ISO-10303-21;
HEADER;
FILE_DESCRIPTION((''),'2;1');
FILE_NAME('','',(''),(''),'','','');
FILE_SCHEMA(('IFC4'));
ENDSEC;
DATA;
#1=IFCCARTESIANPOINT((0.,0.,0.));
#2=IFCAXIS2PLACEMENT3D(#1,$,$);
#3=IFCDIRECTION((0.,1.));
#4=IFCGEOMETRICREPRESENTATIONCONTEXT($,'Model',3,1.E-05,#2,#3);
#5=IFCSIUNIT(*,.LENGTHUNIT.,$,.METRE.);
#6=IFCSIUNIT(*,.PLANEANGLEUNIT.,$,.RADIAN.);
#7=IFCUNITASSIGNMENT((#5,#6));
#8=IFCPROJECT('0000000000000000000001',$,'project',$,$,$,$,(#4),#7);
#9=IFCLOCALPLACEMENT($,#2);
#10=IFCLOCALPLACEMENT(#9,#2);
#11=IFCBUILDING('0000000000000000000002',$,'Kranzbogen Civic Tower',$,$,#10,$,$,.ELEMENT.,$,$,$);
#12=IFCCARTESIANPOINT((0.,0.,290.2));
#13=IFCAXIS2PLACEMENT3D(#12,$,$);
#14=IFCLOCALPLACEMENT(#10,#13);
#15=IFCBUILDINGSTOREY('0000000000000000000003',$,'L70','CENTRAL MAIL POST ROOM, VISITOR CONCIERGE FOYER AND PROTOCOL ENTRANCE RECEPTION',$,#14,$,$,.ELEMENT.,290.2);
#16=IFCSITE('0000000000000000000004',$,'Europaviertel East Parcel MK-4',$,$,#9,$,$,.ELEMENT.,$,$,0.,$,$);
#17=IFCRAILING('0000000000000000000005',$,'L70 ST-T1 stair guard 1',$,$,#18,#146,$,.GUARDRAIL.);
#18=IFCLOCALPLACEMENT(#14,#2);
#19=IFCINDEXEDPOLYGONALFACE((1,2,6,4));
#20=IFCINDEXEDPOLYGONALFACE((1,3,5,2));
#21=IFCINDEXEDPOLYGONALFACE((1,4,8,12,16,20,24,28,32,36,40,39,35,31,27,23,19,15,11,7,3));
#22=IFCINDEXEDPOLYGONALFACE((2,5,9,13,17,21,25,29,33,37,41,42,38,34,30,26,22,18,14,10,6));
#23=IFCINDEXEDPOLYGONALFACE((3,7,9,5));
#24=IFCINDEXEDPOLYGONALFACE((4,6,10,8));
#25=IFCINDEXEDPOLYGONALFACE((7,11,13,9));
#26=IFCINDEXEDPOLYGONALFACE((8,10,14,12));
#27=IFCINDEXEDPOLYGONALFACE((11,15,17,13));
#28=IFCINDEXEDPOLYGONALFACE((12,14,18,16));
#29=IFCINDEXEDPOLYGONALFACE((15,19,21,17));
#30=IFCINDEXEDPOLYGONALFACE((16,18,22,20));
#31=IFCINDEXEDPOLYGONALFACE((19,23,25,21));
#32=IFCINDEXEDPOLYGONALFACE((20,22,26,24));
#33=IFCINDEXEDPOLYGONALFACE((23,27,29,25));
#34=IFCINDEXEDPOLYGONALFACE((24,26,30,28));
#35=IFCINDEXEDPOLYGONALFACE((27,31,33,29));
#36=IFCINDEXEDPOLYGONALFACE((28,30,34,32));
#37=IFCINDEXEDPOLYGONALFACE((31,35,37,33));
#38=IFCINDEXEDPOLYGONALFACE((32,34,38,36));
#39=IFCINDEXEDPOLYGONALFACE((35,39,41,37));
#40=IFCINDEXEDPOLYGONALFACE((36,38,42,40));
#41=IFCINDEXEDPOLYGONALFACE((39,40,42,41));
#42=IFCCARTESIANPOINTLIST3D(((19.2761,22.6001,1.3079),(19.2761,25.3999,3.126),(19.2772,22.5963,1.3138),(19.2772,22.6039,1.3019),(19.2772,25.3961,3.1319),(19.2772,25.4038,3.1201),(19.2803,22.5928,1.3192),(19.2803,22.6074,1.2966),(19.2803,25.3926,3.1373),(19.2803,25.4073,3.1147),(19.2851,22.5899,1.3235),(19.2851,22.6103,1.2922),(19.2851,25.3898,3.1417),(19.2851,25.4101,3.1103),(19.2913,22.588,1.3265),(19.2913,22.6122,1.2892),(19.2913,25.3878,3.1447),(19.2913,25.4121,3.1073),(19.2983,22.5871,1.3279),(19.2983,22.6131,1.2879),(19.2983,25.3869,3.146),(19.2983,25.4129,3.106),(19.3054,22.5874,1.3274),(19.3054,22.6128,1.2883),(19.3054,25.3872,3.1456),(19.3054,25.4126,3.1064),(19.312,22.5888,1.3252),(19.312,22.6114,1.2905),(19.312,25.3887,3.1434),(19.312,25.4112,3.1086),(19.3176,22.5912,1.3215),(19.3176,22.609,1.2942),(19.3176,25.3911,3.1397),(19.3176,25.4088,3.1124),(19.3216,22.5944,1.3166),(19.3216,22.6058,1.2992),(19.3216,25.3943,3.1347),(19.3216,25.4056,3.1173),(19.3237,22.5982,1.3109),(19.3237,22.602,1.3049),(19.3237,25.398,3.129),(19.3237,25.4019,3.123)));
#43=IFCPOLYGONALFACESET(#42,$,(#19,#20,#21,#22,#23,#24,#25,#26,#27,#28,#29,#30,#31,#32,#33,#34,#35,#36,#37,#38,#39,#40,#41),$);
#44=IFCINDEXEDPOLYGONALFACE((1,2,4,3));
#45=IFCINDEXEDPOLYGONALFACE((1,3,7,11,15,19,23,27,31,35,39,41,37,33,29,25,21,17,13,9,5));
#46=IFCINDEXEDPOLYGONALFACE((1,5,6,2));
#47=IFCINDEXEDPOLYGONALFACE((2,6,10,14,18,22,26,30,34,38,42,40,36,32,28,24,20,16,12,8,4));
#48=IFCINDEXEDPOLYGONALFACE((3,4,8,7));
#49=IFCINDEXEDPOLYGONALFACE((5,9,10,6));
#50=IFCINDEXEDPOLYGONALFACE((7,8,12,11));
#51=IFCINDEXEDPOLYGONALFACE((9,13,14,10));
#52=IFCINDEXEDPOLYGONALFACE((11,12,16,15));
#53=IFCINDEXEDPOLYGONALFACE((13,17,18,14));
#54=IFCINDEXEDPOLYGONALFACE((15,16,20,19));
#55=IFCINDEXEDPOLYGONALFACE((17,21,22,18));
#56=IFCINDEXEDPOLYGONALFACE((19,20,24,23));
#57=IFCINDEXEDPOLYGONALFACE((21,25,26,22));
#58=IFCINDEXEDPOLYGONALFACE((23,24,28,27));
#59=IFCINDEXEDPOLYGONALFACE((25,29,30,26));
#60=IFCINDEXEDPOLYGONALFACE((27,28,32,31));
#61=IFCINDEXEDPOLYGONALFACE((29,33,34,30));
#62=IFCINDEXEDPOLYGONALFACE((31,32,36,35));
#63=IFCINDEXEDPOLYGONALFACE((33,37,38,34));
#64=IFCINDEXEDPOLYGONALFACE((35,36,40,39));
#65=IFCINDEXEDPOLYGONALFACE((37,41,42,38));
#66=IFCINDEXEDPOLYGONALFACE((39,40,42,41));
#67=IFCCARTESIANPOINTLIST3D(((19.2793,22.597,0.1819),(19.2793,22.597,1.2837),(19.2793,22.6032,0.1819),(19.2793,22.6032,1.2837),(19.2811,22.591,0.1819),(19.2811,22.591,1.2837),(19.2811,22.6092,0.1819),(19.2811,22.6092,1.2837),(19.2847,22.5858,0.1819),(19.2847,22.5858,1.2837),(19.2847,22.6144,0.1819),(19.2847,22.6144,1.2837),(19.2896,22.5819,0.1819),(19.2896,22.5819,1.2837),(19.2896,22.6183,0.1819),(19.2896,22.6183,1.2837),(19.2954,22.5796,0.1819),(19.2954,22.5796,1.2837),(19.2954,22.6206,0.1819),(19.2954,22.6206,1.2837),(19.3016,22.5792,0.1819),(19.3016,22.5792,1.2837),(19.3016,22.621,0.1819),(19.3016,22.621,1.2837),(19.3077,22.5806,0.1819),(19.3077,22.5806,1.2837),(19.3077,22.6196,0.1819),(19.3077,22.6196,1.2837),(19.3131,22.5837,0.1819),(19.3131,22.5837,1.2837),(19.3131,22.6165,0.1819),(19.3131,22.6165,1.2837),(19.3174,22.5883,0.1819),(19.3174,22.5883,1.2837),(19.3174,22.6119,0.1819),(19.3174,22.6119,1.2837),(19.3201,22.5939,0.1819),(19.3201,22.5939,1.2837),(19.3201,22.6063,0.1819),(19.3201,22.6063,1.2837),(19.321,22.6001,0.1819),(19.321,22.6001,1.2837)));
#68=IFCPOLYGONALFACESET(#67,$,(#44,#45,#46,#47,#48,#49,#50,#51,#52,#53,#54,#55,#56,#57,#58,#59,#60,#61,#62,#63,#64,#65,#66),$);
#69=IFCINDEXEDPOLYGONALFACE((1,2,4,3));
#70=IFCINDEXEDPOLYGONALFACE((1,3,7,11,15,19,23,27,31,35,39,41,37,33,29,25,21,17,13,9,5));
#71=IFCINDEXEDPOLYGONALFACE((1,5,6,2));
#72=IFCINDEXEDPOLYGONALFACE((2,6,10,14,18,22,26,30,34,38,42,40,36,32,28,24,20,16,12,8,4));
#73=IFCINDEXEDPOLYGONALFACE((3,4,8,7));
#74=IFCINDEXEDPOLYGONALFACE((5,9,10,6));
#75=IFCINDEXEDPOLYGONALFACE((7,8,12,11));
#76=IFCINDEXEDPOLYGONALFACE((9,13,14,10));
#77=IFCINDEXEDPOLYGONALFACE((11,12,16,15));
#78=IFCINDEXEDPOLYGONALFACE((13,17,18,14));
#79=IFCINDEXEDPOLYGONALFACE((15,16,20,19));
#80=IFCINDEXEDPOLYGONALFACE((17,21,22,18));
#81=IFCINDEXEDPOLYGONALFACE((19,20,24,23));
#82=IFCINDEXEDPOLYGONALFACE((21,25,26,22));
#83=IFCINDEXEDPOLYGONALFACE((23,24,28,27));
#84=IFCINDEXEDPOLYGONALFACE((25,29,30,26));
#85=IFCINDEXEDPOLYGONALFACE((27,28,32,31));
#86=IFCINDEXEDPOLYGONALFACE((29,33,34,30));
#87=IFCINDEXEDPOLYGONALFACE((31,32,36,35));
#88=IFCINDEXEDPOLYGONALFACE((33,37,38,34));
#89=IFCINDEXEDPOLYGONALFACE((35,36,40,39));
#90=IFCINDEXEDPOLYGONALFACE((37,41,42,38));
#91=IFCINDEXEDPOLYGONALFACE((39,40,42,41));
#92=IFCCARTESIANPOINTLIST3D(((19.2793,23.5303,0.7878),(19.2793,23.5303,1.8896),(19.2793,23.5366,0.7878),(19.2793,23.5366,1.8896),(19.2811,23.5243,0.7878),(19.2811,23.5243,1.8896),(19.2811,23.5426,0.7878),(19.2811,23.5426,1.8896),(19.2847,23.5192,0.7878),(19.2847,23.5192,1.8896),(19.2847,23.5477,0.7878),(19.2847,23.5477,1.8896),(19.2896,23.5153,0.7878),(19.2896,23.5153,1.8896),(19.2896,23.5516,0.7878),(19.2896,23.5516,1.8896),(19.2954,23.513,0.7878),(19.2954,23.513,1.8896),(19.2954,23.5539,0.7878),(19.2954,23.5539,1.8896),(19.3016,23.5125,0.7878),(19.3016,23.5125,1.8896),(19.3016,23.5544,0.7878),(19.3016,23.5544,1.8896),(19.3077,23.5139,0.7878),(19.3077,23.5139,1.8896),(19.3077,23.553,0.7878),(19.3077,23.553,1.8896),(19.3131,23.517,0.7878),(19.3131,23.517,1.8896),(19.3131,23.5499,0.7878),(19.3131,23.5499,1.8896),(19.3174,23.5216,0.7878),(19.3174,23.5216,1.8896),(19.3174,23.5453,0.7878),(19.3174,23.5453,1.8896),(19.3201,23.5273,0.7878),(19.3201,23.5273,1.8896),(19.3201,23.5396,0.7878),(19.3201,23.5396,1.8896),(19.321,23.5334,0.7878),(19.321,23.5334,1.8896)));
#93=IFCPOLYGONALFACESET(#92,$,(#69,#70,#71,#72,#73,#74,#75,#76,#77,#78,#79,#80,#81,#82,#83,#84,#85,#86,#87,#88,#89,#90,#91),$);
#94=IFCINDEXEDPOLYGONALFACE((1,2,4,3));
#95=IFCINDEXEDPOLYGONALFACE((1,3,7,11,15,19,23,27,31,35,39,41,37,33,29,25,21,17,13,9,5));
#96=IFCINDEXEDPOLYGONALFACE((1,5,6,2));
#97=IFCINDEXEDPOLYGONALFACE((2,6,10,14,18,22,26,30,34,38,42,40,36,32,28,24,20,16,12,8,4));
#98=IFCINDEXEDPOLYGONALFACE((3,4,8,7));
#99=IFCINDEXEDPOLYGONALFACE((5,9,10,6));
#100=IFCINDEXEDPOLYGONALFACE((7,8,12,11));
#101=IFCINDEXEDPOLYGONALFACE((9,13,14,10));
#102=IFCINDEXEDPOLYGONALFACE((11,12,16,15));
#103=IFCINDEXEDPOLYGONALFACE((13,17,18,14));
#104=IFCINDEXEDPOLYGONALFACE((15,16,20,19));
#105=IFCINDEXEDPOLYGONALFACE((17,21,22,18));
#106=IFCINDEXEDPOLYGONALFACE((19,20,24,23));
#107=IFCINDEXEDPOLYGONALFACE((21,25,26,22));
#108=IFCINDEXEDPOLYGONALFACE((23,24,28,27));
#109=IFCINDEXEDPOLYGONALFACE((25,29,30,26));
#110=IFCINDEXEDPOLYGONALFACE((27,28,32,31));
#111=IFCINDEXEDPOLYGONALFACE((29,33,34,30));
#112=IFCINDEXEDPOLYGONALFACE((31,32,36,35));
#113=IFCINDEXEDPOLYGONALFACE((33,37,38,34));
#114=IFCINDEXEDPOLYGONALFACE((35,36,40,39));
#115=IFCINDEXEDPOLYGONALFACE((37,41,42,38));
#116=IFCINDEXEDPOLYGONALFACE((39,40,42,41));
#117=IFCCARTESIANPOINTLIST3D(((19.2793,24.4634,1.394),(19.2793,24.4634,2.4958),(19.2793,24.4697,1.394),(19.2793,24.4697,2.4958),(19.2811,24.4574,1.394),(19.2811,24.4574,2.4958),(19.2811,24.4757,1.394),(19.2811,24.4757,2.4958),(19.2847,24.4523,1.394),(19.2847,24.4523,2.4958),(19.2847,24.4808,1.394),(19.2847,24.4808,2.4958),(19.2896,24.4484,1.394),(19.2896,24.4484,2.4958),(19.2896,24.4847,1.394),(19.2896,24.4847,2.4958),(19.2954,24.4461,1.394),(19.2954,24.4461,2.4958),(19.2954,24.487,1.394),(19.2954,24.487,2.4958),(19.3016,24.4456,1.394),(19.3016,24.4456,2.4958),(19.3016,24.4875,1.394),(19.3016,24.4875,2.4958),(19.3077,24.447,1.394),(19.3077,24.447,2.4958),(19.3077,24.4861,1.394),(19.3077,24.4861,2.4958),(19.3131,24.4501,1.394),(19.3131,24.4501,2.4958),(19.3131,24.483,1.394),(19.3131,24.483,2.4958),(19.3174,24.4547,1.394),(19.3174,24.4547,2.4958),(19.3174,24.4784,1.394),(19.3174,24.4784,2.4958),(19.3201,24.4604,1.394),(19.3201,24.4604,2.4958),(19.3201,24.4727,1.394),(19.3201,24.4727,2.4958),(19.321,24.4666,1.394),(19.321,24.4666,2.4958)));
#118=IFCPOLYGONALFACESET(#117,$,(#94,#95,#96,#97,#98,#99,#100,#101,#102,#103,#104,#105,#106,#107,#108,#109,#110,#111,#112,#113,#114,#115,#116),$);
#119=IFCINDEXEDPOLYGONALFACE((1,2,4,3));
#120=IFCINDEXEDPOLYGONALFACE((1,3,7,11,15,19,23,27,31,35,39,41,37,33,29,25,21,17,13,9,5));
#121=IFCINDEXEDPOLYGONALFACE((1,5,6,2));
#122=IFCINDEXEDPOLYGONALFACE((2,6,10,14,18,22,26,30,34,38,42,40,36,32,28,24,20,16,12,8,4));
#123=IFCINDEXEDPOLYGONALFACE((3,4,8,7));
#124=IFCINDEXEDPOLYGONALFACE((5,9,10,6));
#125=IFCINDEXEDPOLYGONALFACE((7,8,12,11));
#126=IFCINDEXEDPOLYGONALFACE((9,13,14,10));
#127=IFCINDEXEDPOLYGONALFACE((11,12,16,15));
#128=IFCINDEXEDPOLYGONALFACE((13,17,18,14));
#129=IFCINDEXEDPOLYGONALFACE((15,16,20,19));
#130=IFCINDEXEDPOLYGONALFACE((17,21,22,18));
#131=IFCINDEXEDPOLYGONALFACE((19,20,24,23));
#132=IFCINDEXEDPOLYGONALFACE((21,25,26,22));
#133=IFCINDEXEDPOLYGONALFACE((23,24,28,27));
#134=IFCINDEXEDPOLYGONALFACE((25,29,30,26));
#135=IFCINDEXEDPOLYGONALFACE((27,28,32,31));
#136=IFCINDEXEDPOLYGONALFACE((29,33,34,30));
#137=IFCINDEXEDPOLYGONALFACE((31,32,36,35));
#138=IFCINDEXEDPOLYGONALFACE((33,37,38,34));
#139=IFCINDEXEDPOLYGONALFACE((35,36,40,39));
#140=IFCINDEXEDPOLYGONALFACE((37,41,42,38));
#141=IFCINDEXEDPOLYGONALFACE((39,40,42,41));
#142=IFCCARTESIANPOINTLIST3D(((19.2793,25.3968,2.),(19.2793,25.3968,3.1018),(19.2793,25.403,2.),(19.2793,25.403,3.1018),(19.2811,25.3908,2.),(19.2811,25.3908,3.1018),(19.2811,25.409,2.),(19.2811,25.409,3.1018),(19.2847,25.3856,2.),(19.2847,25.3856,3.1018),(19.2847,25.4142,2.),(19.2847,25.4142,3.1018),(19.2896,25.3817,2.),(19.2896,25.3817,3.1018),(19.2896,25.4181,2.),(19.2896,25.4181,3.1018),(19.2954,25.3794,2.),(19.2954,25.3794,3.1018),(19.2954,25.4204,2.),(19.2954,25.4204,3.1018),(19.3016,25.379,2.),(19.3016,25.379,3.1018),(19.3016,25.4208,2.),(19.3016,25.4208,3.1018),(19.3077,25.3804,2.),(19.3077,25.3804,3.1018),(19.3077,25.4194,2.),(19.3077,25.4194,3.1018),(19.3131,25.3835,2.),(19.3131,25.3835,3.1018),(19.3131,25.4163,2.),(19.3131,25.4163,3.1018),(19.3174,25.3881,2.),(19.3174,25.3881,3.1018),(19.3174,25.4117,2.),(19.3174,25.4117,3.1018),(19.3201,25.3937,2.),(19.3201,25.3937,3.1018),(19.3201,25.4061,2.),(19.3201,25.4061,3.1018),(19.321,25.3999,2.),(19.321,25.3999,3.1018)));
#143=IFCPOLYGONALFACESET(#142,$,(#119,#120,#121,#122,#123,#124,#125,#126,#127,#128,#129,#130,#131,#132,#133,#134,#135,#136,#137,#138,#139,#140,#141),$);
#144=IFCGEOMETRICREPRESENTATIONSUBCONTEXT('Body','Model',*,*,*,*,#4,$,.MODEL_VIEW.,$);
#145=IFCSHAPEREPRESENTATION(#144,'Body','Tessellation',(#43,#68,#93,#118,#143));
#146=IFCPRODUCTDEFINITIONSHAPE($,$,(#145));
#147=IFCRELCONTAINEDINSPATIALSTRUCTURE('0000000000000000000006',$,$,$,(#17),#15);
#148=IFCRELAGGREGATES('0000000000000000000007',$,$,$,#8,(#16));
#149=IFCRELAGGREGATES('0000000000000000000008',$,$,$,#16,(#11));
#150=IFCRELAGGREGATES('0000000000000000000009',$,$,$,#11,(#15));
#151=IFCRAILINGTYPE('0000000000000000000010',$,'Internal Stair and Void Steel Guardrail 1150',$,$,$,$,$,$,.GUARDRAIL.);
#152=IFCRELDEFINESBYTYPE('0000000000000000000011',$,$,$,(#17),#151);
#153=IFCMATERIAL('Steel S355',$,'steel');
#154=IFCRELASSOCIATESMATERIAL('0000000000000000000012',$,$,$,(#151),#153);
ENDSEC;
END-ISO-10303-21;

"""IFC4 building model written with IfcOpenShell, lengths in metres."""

from ifc_helpers import new_model, si_unit, direction, frame, origin, origin_2d, place, context, subcontext, project, spatial, circle, extrude, material, type_object, element, save


model = new_model("IFC4")

# Units and contexts
model_context = context("Model", 3, precision=1e-05, world=origin(), true_north=direction((0.0, 1.0)))
body_context = subcontext(model_context, "Body", "Model", "MODEL_VIEW")
ifc_project = project(units=[si_unit("LENGTHUNIT", "METRE"), si_unit("PLANEANGLEUNIT", "RADIAN")], contexts=[model_context])

# Site, building, storey
site_placement = place(None, origin())
site = spatial("IfcSite", under=ifc_project, at=site_placement, Name="Europaviertel East Parcel MK-4", CompositionType="ELEMENT", RefElevation=0.0)
building_placement = place(site_placement, origin())
building = spatial("IfcBuilding", under=site, at=building_placement, Name="Kranzbogen Civic Tower", CompositionType="ELEMENT")
storey_placement = place(building_placement, frame((0.0, 0.0, 290.2)))
storey = spatial("IfcBuildingStorey", under=building, at=storey_placement, Name="L70", Description="CENTRAL MAIL POST ROOM, VISITOR CONCIERGE FOYER AND PROTOCOL ENTRANCE RECEPTION", CompositionType="ELEMENT", Elevation=290.2)

# Shared definitions
ifc_material_1 = material(Name="Steel S355", Category="steel")

# Railing
railing_type_1 = type_object("IfcRailingType", Name="Internal Stair and Void Steel Guardrail 1150", PredefinedType="GUARDRAIL", material=ifc_material_1)
railing_1_placement = place(storey_placement, frame((19.3, 22.6001, 0.1819)))
element("IfcRailing", 1, at=railing_1_placement, inside=storey, type_object=railing_type_1, Name="L70 ST-T1 stair guard 1", PredefinedType="GUARDRAIL", context=body_context, shape_type="SweptSolid", body=[
    extrude(circle(Radius=0.0239, at=origin_2d()), frame((0.0, 0.0, 1.126), z_axis=(0.0, 0.838684, 0.544618), x_axis=(-1.0, 0.0, 0.0)), (0.0, 0.0, 1.0), 3.3384),
    extrude(circle(Radius=0.021, at=origin_2d()), origin(), (0.0, 0.0, 1.0), 1.1018),
    extrude(circle(Radius=0.021, at=origin_2d()), frame((0.0, 0.9333, 0.606)), (0.0, 0.0, 1.0), 1.1018),
    extrude(circle(Radius=0.021, at=origin_2d()), frame((0.0, 1.8665, 1.2122)), (0.0, 0.0, 1.0), 1.1018),
    extrude(circle(Radius=0.021, at=origin_2d()), frame((0.0, 2.7998, 1.8181)), (0.0, 0.0, 1.0), 1.1018),
])

save(model, "model.ifc")
